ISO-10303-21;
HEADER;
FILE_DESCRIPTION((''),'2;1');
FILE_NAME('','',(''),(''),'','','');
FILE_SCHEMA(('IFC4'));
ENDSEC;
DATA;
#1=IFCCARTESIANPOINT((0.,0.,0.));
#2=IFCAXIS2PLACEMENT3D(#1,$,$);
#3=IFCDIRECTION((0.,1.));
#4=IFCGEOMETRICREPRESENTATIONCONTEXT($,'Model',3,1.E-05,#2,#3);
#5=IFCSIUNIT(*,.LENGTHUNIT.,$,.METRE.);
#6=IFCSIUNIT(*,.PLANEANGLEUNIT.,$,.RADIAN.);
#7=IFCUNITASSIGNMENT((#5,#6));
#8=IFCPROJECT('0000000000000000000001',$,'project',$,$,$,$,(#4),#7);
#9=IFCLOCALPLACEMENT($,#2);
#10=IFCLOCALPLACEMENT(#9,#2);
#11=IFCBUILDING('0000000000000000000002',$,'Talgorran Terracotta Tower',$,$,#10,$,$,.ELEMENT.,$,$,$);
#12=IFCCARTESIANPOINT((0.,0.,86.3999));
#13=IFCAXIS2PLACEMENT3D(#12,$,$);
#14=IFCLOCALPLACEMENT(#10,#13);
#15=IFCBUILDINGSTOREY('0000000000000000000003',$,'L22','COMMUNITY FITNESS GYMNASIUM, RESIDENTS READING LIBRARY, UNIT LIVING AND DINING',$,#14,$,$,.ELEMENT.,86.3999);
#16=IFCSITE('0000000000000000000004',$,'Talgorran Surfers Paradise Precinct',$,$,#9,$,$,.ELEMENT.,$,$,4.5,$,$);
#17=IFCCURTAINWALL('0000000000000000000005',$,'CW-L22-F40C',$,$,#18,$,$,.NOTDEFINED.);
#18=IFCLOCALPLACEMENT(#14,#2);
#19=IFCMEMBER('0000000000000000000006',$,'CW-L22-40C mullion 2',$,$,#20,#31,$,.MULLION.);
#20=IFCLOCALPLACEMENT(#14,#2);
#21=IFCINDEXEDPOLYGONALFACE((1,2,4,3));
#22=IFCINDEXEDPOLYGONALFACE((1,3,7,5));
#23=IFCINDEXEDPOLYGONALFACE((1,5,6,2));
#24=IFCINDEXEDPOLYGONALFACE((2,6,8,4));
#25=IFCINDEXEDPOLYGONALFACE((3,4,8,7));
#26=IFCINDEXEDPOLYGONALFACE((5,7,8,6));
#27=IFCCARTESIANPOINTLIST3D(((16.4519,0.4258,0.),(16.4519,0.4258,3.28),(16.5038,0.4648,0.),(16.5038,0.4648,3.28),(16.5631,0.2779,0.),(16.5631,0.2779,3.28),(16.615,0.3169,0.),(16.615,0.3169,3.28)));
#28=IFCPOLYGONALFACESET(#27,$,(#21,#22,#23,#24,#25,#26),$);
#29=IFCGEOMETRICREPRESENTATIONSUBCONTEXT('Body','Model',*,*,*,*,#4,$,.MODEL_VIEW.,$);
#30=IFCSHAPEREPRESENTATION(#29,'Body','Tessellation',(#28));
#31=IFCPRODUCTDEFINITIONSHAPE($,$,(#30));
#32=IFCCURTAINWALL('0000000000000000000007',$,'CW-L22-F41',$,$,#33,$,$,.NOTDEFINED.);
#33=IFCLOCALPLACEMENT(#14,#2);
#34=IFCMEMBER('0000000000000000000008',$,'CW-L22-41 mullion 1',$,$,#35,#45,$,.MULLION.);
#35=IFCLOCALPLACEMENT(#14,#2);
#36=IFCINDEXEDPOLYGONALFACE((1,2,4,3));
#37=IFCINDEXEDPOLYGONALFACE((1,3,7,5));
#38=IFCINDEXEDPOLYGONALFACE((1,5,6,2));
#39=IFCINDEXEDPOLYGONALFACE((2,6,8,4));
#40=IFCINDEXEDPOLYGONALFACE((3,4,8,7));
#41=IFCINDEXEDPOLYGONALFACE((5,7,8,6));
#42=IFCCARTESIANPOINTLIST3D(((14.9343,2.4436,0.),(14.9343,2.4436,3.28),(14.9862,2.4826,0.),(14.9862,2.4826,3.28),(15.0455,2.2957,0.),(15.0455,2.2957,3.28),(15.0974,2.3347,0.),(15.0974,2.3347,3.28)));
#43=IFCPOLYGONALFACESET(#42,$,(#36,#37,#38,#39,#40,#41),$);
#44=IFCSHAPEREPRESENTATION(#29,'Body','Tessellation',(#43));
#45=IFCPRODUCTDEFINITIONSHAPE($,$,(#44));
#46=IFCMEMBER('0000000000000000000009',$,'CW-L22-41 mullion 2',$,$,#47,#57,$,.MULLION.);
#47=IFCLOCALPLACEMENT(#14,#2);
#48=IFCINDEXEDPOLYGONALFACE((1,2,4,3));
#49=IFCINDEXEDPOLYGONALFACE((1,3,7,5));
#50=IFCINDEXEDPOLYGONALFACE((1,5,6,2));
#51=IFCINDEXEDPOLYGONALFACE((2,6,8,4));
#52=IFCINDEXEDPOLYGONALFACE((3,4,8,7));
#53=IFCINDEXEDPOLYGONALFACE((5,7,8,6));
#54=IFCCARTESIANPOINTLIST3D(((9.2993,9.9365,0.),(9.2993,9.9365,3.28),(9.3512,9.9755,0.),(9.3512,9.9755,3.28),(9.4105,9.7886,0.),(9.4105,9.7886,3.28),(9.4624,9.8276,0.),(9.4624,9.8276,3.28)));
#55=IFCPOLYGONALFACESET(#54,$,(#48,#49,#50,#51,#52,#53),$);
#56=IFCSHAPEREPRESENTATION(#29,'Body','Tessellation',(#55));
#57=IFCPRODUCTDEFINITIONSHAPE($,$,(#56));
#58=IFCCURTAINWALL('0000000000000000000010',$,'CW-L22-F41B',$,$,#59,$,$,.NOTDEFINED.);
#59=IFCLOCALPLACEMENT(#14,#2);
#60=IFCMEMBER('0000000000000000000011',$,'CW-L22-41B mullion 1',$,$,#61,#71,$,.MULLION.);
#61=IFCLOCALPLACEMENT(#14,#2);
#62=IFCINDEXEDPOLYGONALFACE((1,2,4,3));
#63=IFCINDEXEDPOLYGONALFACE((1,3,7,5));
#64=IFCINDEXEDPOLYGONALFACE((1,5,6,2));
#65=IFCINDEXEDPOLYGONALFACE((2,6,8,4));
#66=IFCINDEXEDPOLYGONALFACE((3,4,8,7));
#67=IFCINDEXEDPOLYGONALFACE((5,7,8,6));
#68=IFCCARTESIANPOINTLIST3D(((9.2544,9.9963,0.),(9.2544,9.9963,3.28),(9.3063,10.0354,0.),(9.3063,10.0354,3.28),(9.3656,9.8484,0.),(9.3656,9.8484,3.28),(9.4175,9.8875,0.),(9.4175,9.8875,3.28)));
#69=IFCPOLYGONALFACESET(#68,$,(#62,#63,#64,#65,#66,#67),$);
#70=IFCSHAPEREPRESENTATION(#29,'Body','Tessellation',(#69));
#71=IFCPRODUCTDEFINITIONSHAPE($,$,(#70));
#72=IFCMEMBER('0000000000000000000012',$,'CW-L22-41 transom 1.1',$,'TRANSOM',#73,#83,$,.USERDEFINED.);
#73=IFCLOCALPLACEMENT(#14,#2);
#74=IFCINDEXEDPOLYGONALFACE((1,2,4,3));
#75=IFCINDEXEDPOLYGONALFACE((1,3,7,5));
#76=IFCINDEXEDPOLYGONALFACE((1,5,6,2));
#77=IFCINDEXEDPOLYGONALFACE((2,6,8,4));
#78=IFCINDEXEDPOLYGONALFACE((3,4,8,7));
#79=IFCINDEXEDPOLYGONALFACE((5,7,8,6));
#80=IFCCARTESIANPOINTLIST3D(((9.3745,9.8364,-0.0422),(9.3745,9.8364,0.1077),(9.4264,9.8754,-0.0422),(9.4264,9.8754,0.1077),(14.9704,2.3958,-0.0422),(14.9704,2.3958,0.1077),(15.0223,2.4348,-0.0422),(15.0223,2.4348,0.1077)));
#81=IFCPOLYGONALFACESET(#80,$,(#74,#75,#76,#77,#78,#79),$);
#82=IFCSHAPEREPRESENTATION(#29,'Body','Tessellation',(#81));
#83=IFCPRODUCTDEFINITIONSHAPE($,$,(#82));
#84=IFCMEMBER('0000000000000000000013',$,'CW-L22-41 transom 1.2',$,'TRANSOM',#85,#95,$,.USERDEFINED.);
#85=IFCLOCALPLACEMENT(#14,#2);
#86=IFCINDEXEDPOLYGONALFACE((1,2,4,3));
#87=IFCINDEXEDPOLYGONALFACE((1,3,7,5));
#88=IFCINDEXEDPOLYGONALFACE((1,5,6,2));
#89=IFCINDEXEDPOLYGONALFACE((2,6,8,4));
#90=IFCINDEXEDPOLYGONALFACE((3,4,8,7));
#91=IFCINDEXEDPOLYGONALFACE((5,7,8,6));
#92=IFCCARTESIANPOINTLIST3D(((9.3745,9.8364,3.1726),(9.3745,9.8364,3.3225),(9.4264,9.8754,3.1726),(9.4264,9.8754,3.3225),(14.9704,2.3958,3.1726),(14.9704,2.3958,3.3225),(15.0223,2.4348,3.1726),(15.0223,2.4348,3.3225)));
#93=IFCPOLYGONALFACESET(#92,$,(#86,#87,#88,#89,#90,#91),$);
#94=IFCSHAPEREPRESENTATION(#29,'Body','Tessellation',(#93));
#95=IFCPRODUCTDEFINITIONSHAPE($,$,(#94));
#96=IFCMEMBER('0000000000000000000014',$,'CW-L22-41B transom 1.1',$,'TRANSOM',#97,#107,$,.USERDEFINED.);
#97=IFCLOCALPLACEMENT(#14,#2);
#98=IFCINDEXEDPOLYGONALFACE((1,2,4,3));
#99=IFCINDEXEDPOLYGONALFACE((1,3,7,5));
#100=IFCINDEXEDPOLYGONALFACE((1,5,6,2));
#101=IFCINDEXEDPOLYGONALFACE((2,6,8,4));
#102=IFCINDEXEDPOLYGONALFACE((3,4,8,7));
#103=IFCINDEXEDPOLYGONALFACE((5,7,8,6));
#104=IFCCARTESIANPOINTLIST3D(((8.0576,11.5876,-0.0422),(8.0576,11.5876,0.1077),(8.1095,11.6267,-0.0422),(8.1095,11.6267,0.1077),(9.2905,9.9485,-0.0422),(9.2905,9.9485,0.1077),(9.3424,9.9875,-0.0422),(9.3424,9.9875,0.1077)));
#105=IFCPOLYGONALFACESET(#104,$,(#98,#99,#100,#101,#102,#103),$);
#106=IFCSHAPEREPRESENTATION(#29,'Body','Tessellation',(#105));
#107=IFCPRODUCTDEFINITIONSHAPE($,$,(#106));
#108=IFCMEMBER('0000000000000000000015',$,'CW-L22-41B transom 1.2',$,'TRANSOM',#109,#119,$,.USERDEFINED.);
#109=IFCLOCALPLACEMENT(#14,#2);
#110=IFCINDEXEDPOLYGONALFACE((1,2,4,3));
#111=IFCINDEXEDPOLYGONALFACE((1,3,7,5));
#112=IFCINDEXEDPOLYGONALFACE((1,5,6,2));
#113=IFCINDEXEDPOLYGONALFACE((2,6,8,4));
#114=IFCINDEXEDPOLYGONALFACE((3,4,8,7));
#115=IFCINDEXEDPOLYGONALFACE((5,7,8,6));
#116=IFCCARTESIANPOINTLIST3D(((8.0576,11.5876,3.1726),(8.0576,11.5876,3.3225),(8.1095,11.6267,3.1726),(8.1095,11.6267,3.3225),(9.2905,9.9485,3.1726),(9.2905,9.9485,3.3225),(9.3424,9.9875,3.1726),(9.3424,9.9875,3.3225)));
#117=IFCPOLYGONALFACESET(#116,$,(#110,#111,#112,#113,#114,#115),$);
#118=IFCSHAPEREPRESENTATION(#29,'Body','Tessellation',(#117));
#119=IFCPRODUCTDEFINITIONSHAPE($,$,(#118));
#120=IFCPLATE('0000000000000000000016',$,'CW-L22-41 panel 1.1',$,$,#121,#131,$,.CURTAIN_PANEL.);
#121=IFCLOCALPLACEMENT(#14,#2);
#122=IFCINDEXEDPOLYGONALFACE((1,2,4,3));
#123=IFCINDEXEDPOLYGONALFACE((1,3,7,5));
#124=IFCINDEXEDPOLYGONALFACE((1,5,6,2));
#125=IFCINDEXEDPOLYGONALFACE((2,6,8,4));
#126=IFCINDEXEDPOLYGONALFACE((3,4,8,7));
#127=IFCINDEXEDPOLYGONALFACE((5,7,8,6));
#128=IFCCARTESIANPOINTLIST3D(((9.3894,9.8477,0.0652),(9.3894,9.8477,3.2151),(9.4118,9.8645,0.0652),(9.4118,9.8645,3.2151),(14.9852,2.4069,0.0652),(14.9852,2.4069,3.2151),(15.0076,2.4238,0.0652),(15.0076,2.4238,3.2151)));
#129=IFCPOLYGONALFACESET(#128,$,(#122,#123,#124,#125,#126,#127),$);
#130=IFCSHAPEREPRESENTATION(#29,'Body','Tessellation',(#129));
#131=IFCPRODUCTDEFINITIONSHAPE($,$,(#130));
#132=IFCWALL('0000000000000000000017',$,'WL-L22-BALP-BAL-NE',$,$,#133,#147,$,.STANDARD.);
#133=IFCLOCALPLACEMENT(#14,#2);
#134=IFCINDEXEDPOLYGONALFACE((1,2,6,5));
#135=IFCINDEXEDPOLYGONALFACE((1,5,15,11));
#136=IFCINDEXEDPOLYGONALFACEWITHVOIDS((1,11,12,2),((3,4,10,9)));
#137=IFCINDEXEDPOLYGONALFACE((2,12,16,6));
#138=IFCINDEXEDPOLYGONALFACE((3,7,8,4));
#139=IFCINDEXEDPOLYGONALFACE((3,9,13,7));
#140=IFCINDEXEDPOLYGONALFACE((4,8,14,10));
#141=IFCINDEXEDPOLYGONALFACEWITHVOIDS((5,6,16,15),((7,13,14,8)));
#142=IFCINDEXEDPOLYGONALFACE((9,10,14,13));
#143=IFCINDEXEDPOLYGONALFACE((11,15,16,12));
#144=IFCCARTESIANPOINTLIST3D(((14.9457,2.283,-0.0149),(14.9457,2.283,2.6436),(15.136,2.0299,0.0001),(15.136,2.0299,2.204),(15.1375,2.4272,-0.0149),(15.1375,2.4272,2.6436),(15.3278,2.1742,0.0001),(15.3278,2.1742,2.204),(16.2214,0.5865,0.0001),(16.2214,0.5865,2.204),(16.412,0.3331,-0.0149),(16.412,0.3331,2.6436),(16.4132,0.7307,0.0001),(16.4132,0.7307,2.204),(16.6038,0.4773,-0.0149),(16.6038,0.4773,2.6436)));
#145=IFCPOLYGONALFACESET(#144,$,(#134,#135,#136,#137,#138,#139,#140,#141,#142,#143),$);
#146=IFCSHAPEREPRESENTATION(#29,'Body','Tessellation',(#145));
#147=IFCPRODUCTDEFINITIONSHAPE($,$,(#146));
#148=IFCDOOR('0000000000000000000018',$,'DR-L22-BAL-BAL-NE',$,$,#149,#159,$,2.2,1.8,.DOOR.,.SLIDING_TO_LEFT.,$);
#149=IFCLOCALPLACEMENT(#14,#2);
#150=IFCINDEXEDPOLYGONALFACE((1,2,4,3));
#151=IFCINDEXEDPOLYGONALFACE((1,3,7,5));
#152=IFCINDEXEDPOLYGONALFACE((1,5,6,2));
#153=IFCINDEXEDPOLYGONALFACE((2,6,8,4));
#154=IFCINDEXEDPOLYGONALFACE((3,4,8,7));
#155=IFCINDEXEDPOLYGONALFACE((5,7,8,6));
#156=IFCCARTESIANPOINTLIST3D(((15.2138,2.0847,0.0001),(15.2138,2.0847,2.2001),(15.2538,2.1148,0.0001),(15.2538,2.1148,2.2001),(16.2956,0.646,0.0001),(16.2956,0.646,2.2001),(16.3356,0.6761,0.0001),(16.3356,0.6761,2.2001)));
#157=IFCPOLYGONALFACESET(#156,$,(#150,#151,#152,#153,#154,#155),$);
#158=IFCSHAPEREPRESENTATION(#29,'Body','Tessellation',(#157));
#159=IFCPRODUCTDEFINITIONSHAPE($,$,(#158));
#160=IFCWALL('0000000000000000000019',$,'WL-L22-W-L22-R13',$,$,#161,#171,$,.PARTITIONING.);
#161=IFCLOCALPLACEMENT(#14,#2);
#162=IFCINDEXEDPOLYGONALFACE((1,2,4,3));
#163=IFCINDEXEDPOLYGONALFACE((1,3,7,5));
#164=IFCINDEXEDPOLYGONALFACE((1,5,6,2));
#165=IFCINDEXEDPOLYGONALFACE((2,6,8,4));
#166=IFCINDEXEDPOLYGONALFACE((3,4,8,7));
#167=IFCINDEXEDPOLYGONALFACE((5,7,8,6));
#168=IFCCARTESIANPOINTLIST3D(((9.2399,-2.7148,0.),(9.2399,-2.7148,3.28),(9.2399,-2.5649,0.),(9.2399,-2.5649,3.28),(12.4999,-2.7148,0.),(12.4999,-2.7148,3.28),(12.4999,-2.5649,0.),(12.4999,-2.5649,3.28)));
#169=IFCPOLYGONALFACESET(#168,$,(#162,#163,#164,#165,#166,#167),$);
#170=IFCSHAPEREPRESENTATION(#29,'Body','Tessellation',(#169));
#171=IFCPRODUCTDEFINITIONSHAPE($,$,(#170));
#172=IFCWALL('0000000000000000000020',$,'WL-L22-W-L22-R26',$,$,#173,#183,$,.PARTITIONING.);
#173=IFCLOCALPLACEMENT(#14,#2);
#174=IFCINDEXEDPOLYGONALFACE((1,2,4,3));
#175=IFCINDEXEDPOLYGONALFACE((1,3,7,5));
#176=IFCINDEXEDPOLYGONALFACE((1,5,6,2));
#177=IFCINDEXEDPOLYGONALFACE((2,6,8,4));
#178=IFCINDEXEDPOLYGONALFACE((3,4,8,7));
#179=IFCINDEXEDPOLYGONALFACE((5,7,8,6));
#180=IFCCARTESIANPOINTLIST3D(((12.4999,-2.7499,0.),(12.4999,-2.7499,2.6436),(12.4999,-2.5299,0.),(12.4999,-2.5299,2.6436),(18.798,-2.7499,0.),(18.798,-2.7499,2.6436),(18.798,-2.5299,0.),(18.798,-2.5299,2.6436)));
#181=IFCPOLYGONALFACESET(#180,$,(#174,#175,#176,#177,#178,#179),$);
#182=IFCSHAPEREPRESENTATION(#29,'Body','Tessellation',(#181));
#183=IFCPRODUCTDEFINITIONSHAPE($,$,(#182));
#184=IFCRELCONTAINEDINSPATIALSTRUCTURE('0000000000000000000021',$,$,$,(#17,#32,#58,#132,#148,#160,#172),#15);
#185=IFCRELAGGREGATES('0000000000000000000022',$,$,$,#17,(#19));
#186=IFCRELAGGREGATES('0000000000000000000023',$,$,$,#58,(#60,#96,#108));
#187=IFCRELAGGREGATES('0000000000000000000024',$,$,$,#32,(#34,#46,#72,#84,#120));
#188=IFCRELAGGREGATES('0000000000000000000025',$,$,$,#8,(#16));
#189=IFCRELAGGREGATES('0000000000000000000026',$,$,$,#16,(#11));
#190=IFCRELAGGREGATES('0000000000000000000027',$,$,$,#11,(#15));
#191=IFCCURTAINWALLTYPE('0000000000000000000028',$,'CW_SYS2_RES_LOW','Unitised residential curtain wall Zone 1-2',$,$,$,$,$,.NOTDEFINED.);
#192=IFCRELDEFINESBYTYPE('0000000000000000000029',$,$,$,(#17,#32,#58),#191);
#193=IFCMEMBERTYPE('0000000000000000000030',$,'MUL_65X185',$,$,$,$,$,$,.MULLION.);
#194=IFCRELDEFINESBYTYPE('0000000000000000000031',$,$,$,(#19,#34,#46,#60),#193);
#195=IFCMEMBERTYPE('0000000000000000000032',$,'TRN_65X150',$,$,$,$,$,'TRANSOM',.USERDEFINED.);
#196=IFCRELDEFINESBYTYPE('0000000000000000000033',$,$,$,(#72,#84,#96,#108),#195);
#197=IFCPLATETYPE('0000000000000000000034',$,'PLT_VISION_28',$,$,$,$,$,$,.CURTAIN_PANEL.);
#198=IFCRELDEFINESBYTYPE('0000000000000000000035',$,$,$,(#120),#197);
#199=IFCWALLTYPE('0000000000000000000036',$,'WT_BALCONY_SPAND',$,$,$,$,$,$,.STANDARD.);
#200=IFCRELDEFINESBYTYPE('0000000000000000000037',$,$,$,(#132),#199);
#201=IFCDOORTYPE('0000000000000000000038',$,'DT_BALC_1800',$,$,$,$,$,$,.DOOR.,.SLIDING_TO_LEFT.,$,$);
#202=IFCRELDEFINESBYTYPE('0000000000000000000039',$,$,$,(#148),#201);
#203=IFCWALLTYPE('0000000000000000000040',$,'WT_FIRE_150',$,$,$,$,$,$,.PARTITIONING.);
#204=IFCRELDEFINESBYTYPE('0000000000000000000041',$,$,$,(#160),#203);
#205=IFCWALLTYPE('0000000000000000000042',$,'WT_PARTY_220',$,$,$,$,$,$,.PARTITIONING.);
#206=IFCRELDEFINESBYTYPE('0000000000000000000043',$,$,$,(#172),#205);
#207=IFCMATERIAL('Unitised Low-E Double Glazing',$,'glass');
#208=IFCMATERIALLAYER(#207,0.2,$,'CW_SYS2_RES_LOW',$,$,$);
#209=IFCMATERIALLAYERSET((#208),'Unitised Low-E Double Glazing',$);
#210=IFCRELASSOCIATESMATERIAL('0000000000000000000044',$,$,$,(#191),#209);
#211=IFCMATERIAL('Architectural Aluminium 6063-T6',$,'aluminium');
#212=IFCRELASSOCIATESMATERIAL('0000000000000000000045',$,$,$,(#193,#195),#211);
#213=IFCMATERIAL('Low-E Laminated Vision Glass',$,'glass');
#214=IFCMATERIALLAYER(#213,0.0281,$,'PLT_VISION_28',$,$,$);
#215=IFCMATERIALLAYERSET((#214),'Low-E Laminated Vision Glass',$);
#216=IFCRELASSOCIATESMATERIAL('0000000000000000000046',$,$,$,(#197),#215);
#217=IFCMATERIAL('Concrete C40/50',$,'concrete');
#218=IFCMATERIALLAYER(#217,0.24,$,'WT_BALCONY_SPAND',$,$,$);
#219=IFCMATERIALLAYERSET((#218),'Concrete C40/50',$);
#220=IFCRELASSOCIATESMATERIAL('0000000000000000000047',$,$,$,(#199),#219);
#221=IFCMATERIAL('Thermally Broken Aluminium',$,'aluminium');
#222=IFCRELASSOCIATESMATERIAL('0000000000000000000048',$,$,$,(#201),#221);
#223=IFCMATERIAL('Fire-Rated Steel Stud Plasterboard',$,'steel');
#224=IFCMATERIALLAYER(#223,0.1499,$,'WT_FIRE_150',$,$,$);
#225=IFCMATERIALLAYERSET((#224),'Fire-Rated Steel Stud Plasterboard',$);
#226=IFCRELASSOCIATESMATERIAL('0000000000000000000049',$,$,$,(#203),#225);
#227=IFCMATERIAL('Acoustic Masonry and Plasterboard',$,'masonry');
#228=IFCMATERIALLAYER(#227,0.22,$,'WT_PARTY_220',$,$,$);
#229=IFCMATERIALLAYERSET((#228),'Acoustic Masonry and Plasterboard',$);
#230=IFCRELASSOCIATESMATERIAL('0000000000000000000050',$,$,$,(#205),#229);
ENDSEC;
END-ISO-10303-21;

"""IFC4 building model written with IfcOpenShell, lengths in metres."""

from ifc_helpers import new_model, si_unit, direction, frame, frame_2d, origin, origin_2d, place, context, subcontext, project, spatial, rectangle, extrude, source, transform, mapped, material, layer, layer_set, material_profile, profile_set, type_object, type_shapes, element, fill, aggregate, save


model = new_model("IFC4")

# Units and contexts
model_context = context("Model", 3, precision=1e-05, world=origin(), true_north=direction((0.0, 1.0)))
body_context = subcontext(model_context, "Body", "Model", "MODEL_VIEW")
ifc_project = project(units=[si_unit("LENGTHUNIT", "METRE"), si_unit("PLANEANGLEUNIT", "RADIAN")], contexts=[model_context])

# Site, building, storey
site_placement = place(None, origin())
site = spatial("IfcSite", under=ifc_project, at=site_placement, Name="Talgorran Surfers Paradise Precinct", CompositionType="ELEMENT", RefElevation=4.5)
building_placement = place(site_placement, origin())
building = spatial("IfcBuilding", under=site, at=building_placement, Name="Talgorran Terracotta Tower", CompositionType="ELEMENT")
storey_placement = place(building_placement, frame((0.0, 0.0, 86.3999)))
storey = spatial("IfcBuildingStorey", under=building, at=storey_placement, Name="L22", Description="COMMUNITY FITNESS GYMNASIUM, RESIDENTS READING LIBRARY, UNIT LIVING AND DINING", CompositionType="ELEMENT", Elevation=86.3999)

# Curtain wall, member
ifc_material_1 = material(Name="Unitised Low-E Double Glazing", Category="glass")
ifc_layer_1 = layer(ifc_material_1, 0.2, Name="CW_SYS2_RES_LOW")
ifc_layer_set_1 = layer_set([ifc_layer_1], Name="Unitised Low-E Double Glazing")
curtain_wall_type = type_object("IfcCurtainWallType", Name="CW_SYS2_RES_LOW", Description="Unitised residential curtain wall Zone 1-2", PredefinedType="NOTDEFINED", material=ifc_layer_set_1)
curtain_wall_1_placement = place(storey_placement, origin())
curtain_wall_1 = element("IfcCurtainWall", 1, at=curtain_wall_1_placement, inside=storey, type_object=curtain_wall_type, Name="CW-L22-F40C", PredefinedType="NOTDEFINED")
ifc_material_2 = material(Name="Architectural Aluminium 6063-T6", Category="aluminium")
ifc_material_profile_1 = material_profile(ifc_material_2, rectangle(XDim=0.0649, YDim=0.1851, at=origin_2d()), Name="CWM65X185")
ifc_profile_set_1 = profile_set([ifc_material_profile_1], Name="Architectural Aluminium 6063-T6")
member_type_1 = type_object("IfcMemberType", Name="MUL_65X185", PredefinedType="MULLION", material=ifc_profile_set_1)
member_1_placement = place(storey_placement, frame((16.5334, 0.3713, 0.0), z_axis=(0.0, 0.0, 1.0), x_axis=(-0.79921, -0.601053, 0.0)))
member_1 = element("IfcMember", 2, at=member_1_placement, type_object=member_type_1, Name="CW-L22-40C mullion 2", PredefinedType="MULLION", context=body_context, shape_type="SweptSolid", body=[
    extrude(rectangle(XDim=0.0649, YDim=0.1851, at=origin_2d()), origin(), (0.0, 0.0, 1.0), 3.28),
])
aggregate(curtain_wall_1, [member_1])

# Curtain wall, members
curtain_wall_2_placement = place(storey_placement, origin())
curtain_wall_2 = element("IfcCurtainWall", 3, at=curtain_wall_2_placement, inside=storey, type_object=curtain_wall_type, Name="CW-L22-F41", PredefinedType="NOTDEFINED")
member_2_placement = place(storey_placement, frame((15.0159, 2.3892, 0.0), z_axis=(0.0, 0.0, 1.0), x_axis=(-0.799212, -0.601049, 0.0)))
member_2 = element("IfcMember", 4, at=member_2_placement, type_object=member_type_1, Name="CW-L22-41 mullion 1", PredefinedType="MULLION", context=body_context, shape_type="SweptSolid", body=[
    extrude(rectangle(XDim=0.0649, YDim=0.1851, at=origin_2d()), origin(), (0.0, 0.0, 1.0), 3.28),
])
member_3_placement = place(storey_placement, frame((9.3809, 9.8821, 0.0), z_axis=(0.0, 0.0, 1.0), x_axis=(-0.799212, -0.601049, 0.0)))
member_3 = element("IfcMember", 5, at=member_3_placement, type_object=member_type_1, Name="CW-L22-41 mullion 2", PredefinedType="MULLION", context=body_context, shape_type="SweptSolid", body=[
    extrude(rectangle(XDim=0.0649, YDim=0.1851, at=origin_2d()), origin(), (0.0, 0.0, 1.0), 3.28),
])

# Curtain wall, member
curtain_wall_3_placement = place(storey_placement, origin())
curtain_wall_3 = element("IfcCurtainWall", 6, at=curtain_wall_3_placement, inside=storey, type_object=curtain_wall_type, Name="CW-L22-F41B", PredefinedType="NOTDEFINED")
member_4_placement = place(storey_placement, frame((9.3359, 9.9419, 0.0), z_axis=(0.0, 0.0, 1.0), x_axis=(-0.799191, -0.601078, 0.0)))
member_4 = element("IfcMember", 7, at=member_4_placement, type_object=member_type_1, Name="CW-L22-41B mullion 1", PredefinedType="MULLION", context=body_context, shape_type="SweptSolid", body=[
    extrude(rectangle(XDim=0.0649, YDim=0.1851, at=origin_2d()), origin(), (0.0, 0.0, 1.0), 3.28),
])

# Members
ifc_material_profile_2 = material_profile(ifc_material_2, rectangle(XDim=0.0649, YDim=0.1499, at=origin_2d()), Name="CWT65X150")
ifc_profile_set_2 = profile_set([ifc_material_profile_2], Name="Architectural Aluminium 6063-T6")
member_type_2 = type_object("IfcMemberType", Name="TRN_65X150", ElementType="TRANSOM", PredefinedType="USERDEFINED", material=ifc_profile_set_2)
member_5_placement = place(storey_placement, frame((14.9963, 2.4153, 0.0327), z_axis=(-0.601061, 0.799203, 0.0), x_axis=(-0.799203, -0.601061, 0.0)))
member_5 = element("IfcMember", 8, at=member_5_placement, type_object=member_type_2, Name="CW-L22-41 transom 1.1", ObjectType="TRANSOM", PredefinedType="USERDEFINED", context=body_context, shape_type="SweptSolid", body=[
    extrude(rectangle(XDim=0.0649, YDim=0.1499, at=origin_2d()), origin(), (0.0, 0.0, 1.0), 9.3101),
])
member_6_placement = place(storey_placement, frame((14.9963, 2.4153, 3.2476), z_axis=(-0.601061, 0.799203, 0.0), x_axis=(-0.799203, -0.601061, 0.0)))
member_6 = element("IfcMember", 9, at=member_6_placement, type_object=member_type_2, Name="CW-L22-41 transom 1.2", ObjectType="TRANSOM", PredefinedType="USERDEFINED", context=body_context, shape_type="SweptSolid", body=[
    extrude(rectangle(XDim=0.0649, YDim=0.1499, at=origin_2d()), origin(), (0.0, 0.0, 1.0), 9.3101),
])
member_7_placement = place(storey_placement, frame((9.3164, 9.968, 0.0327), z_axis=(-0.601104, 0.799171, 0.0), x_axis=(-0.799171, -0.601104, 0.0)))
member_7 = element("IfcMember", 10, at=member_7_placement, type_object=member_type_2, Name="CW-L22-41B transom 1.1", ObjectType="TRANSOM", PredefinedType="USERDEFINED", context=body_context, shape_type="SweptSolid", body=[
    extrude(rectangle(XDim=0.0649, YDim=0.1499, at=origin_2d()), origin(), (0.0, 0.0, 1.0), 2.051),
])
member_8_placement = place(storey_placement, frame((9.3164, 9.968, 3.2476), z_axis=(-0.601104, 0.799171, 0.0), x_axis=(-0.799171, -0.601104, 0.0)))
member_8 = element("IfcMember", 11, at=member_8_placement, type_object=member_type_2, Name="CW-L22-41B transom 1.2", ObjectType="TRANSOM", PredefinedType="USERDEFINED", context=body_context, shape_type="SweptSolid", body=[
    extrude(rectangle(XDim=0.0649, YDim=0.1499, at=origin_2d()), origin(), (0.0, 0.0, 1.0), 2.051),
])
aggregate(curtain_wall_3, [member_4, member_7, member_8])

# Plate
ifc_material_3 = material(Name="Low-E Laminated Vision Glass", Category="glass")
ifc_layer_2 = layer(ifc_material_3, 0.0281, Name="PLT_VISION_28")
ifc_layer_set_2 = layer_set([ifc_layer_2], Name="Low-E Laminated Vision Glass")
plate_type = type_object("IfcPlateType", Name="PLT_VISION_28", PredefinedType="CURTAIN_PANEL", material=ifc_layer_set_2)
shared_shape = source(origin(), body_context, "Body", "SweptSolid", [
    extrude(rectangle(XDim=9.3101, YDim=0.0281, at=origin_2d()), origin(), (0.0, 0.0, 1.0), 3.1499),
])
type_shapes(plate_type, [shared_shape])
plate_placement = place(storey_placement, frame((12.1985, 6.1357, 0.0652), z_axis=(0.0, 0.0, 1.0), x_axis=(-0.601049, 0.799212, 0.0)))
plate = element("IfcPlate", 12, at=plate_placement, type_object=plate_type, Name="CW-L22-41 panel 1.1", PredefinedType="CURTAIN_PANEL", context=body_context, shape_type="MappedRepresentation", body=[
    mapped(shared_shape, transform((0.0, 0.0, 0.0), scale=1.0)),
])
aggregate(curtain_wall_2, [member_2, member_3, member_5, member_6, plate])

# Wall, opening, door
ifc_material_4 = material(Name="Concrete C40/50", Category="concrete")
ifc_layer_3 = layer(ifc_material_4, 0.24, Name="WT_BALCONY_SPAND")
ifc_layer_set_3 = layer_set([ifc_layer_3], Name="Concrete C40/50")
wall_type_1 = type_object("IfcWallType", Name="WT_BALCONY_SPAND", PredefinedType="STANDARD", material=ifc_layer_set_3)
wall_1_placement = place(storey_placement, frame((16.5078, 0.4053, -0.0149), z_axis=(0.0, 0.0, 1.0), x_axis=(-0.601008, 0.799243, 0.0)))
wall_1 = element("IfcWall", 13, at=wall_1_placement, inside=storey, type_object=wall_type_1, Name="WL-L22-BALP-BAL-NE", PredefinedType="STANDARD", context=body_context, shape_type="SweptSolid", body=[
    extrude(rectangle(XDim=2.4397, YDim=0.24, at=frame_2d((1.2197, 0.0))), origin(), (0.0, 0.0, 1.0), 2.6584),
])
opening_placement = place(wall_1_placement, frame((0.3201, 0.0, 0.0149)))
opening = element("IfcOpeningElement", 14, at=opening_placement, cuts=wall_1, PredefinedType="OPENING", context=body_context, shape_type="SweptSolid", body=[
    extrude(rectangle(XDim=1.806, YDim=2.204, at=frame_2d((0.8999, 1.1021))), frame((0.0, 0.1299, 0.0), z_axis=(0.0, -1.0, 0.0), x_axis=(1.0, 0.0, 0.0)), (0.0, 0.0, 1.0), 0.26),
])
ifc_material_5 = material(Name="Thermally Broken Aluminium", Category="aluminium")
door_type = type_object("IfcDoorType", Name="DT_BALC_1800", OperationType="SLIDING_TO_LEFT", PredefinedType="DOOR", material=ifc_material_5)
door_placement = place(opening_placement, origin())
door = element("IfcDoor", 15, at=door_placement, inside=storey, type_object=door_type, Name="DR-L22-BAL-BAL-NE", OperationType="SLIDING_TO_LEFT", OverallHeight=2.2, OverallWidth=1.8, PredefinedType="DOOR", context=body_context, shape_type="SweptSolid", body=[
    extrude(rectangle(XDim=1.8, YDim=2.2, at=frame_2d((0.8999, 1.1001))), frame((0.0, 0.0249, 0.0), z_axis=(0.0, -1.0, 0.0), x_axis=(1.0, 0.0, 0.0)), (0.0, 0.0, 1.0), 0.05),
])
fill(opening, door)

# Walls
ifc_material_6 = material(Name="Fire-Rated Steel Stud Plasterboard", Category="steel")
ifc_layer_4 = layer(ifc_material_6, 0.1499, Name="WT_FIRE_150")
ifc_layer_set_4 = layer_set([ifc_layer_4], Name="Fire-Rated Steel Stud Plasterboard")
wall_type_2 = type_object("IfcWallType", Name="WT_FIRE_150", PredefinedType="PARTITIONING", material=ifc_layer_set_4)
wall_2_placement = place(storey_placement, frame((9.24, -2.6399, 0.0), z_axis=(0.0, 0.0, 1.0), x_axis=(1.0, 0.0, 0.0)))
element("IfcWall", 16, at=wall_2_placement, inside=storey, type_object=wall_type_2, Name="WL-L22-W-L22-R13", PredefinedType="PARTITIONING", context=body_context, shape_type="SweptSolid", body=[
    extrude(rectangle(XDim=3.26, YDim=0.1499, at=frame_2d((1.6299, 0.0))), origin(), (0.0, 0.0, 1.0), 3.28),
])
ifc_material_7 = material(Name="Acoustic Masonry and Plasterboard", Category="masonry")
ifc_layer_5 = layer(ifc_material_7, 0.22, Name="WT_PARTY_220")
ifc_layer_set_5 = layer_set([ifc_layer_5], Name="Acoustic Masonry and Plasterboard")
wall_type_3 = type_object("IfcWallType", Name="WT_PARTY_220", PredefinedType="PARTITIONING", material=ifc_layer_set_5)
wall_3_placement = place(storey_placement, frame((12.5, -2.6399, 0.0), z_axis=(0.0, 0.0, 1.0), x_axis=(1.0, 0.0, 0.0)))
element("IfcWall", 17, at=wall_3_placement, inside=storey, type_object=wall_type_3, Name="WL-L22-W-L22-R26", PredefinedType="PARTITIONING", context=body_context, shape_type="SweptSolid", body=[
    extrude(rectangle(XDim=6.2981, YDim=0.22, at=frame_2d((3.1489, 0.0))), origin(), (0.0, 0.0, 1.0), 2.6436),
])

save(model, "model.ifc")
